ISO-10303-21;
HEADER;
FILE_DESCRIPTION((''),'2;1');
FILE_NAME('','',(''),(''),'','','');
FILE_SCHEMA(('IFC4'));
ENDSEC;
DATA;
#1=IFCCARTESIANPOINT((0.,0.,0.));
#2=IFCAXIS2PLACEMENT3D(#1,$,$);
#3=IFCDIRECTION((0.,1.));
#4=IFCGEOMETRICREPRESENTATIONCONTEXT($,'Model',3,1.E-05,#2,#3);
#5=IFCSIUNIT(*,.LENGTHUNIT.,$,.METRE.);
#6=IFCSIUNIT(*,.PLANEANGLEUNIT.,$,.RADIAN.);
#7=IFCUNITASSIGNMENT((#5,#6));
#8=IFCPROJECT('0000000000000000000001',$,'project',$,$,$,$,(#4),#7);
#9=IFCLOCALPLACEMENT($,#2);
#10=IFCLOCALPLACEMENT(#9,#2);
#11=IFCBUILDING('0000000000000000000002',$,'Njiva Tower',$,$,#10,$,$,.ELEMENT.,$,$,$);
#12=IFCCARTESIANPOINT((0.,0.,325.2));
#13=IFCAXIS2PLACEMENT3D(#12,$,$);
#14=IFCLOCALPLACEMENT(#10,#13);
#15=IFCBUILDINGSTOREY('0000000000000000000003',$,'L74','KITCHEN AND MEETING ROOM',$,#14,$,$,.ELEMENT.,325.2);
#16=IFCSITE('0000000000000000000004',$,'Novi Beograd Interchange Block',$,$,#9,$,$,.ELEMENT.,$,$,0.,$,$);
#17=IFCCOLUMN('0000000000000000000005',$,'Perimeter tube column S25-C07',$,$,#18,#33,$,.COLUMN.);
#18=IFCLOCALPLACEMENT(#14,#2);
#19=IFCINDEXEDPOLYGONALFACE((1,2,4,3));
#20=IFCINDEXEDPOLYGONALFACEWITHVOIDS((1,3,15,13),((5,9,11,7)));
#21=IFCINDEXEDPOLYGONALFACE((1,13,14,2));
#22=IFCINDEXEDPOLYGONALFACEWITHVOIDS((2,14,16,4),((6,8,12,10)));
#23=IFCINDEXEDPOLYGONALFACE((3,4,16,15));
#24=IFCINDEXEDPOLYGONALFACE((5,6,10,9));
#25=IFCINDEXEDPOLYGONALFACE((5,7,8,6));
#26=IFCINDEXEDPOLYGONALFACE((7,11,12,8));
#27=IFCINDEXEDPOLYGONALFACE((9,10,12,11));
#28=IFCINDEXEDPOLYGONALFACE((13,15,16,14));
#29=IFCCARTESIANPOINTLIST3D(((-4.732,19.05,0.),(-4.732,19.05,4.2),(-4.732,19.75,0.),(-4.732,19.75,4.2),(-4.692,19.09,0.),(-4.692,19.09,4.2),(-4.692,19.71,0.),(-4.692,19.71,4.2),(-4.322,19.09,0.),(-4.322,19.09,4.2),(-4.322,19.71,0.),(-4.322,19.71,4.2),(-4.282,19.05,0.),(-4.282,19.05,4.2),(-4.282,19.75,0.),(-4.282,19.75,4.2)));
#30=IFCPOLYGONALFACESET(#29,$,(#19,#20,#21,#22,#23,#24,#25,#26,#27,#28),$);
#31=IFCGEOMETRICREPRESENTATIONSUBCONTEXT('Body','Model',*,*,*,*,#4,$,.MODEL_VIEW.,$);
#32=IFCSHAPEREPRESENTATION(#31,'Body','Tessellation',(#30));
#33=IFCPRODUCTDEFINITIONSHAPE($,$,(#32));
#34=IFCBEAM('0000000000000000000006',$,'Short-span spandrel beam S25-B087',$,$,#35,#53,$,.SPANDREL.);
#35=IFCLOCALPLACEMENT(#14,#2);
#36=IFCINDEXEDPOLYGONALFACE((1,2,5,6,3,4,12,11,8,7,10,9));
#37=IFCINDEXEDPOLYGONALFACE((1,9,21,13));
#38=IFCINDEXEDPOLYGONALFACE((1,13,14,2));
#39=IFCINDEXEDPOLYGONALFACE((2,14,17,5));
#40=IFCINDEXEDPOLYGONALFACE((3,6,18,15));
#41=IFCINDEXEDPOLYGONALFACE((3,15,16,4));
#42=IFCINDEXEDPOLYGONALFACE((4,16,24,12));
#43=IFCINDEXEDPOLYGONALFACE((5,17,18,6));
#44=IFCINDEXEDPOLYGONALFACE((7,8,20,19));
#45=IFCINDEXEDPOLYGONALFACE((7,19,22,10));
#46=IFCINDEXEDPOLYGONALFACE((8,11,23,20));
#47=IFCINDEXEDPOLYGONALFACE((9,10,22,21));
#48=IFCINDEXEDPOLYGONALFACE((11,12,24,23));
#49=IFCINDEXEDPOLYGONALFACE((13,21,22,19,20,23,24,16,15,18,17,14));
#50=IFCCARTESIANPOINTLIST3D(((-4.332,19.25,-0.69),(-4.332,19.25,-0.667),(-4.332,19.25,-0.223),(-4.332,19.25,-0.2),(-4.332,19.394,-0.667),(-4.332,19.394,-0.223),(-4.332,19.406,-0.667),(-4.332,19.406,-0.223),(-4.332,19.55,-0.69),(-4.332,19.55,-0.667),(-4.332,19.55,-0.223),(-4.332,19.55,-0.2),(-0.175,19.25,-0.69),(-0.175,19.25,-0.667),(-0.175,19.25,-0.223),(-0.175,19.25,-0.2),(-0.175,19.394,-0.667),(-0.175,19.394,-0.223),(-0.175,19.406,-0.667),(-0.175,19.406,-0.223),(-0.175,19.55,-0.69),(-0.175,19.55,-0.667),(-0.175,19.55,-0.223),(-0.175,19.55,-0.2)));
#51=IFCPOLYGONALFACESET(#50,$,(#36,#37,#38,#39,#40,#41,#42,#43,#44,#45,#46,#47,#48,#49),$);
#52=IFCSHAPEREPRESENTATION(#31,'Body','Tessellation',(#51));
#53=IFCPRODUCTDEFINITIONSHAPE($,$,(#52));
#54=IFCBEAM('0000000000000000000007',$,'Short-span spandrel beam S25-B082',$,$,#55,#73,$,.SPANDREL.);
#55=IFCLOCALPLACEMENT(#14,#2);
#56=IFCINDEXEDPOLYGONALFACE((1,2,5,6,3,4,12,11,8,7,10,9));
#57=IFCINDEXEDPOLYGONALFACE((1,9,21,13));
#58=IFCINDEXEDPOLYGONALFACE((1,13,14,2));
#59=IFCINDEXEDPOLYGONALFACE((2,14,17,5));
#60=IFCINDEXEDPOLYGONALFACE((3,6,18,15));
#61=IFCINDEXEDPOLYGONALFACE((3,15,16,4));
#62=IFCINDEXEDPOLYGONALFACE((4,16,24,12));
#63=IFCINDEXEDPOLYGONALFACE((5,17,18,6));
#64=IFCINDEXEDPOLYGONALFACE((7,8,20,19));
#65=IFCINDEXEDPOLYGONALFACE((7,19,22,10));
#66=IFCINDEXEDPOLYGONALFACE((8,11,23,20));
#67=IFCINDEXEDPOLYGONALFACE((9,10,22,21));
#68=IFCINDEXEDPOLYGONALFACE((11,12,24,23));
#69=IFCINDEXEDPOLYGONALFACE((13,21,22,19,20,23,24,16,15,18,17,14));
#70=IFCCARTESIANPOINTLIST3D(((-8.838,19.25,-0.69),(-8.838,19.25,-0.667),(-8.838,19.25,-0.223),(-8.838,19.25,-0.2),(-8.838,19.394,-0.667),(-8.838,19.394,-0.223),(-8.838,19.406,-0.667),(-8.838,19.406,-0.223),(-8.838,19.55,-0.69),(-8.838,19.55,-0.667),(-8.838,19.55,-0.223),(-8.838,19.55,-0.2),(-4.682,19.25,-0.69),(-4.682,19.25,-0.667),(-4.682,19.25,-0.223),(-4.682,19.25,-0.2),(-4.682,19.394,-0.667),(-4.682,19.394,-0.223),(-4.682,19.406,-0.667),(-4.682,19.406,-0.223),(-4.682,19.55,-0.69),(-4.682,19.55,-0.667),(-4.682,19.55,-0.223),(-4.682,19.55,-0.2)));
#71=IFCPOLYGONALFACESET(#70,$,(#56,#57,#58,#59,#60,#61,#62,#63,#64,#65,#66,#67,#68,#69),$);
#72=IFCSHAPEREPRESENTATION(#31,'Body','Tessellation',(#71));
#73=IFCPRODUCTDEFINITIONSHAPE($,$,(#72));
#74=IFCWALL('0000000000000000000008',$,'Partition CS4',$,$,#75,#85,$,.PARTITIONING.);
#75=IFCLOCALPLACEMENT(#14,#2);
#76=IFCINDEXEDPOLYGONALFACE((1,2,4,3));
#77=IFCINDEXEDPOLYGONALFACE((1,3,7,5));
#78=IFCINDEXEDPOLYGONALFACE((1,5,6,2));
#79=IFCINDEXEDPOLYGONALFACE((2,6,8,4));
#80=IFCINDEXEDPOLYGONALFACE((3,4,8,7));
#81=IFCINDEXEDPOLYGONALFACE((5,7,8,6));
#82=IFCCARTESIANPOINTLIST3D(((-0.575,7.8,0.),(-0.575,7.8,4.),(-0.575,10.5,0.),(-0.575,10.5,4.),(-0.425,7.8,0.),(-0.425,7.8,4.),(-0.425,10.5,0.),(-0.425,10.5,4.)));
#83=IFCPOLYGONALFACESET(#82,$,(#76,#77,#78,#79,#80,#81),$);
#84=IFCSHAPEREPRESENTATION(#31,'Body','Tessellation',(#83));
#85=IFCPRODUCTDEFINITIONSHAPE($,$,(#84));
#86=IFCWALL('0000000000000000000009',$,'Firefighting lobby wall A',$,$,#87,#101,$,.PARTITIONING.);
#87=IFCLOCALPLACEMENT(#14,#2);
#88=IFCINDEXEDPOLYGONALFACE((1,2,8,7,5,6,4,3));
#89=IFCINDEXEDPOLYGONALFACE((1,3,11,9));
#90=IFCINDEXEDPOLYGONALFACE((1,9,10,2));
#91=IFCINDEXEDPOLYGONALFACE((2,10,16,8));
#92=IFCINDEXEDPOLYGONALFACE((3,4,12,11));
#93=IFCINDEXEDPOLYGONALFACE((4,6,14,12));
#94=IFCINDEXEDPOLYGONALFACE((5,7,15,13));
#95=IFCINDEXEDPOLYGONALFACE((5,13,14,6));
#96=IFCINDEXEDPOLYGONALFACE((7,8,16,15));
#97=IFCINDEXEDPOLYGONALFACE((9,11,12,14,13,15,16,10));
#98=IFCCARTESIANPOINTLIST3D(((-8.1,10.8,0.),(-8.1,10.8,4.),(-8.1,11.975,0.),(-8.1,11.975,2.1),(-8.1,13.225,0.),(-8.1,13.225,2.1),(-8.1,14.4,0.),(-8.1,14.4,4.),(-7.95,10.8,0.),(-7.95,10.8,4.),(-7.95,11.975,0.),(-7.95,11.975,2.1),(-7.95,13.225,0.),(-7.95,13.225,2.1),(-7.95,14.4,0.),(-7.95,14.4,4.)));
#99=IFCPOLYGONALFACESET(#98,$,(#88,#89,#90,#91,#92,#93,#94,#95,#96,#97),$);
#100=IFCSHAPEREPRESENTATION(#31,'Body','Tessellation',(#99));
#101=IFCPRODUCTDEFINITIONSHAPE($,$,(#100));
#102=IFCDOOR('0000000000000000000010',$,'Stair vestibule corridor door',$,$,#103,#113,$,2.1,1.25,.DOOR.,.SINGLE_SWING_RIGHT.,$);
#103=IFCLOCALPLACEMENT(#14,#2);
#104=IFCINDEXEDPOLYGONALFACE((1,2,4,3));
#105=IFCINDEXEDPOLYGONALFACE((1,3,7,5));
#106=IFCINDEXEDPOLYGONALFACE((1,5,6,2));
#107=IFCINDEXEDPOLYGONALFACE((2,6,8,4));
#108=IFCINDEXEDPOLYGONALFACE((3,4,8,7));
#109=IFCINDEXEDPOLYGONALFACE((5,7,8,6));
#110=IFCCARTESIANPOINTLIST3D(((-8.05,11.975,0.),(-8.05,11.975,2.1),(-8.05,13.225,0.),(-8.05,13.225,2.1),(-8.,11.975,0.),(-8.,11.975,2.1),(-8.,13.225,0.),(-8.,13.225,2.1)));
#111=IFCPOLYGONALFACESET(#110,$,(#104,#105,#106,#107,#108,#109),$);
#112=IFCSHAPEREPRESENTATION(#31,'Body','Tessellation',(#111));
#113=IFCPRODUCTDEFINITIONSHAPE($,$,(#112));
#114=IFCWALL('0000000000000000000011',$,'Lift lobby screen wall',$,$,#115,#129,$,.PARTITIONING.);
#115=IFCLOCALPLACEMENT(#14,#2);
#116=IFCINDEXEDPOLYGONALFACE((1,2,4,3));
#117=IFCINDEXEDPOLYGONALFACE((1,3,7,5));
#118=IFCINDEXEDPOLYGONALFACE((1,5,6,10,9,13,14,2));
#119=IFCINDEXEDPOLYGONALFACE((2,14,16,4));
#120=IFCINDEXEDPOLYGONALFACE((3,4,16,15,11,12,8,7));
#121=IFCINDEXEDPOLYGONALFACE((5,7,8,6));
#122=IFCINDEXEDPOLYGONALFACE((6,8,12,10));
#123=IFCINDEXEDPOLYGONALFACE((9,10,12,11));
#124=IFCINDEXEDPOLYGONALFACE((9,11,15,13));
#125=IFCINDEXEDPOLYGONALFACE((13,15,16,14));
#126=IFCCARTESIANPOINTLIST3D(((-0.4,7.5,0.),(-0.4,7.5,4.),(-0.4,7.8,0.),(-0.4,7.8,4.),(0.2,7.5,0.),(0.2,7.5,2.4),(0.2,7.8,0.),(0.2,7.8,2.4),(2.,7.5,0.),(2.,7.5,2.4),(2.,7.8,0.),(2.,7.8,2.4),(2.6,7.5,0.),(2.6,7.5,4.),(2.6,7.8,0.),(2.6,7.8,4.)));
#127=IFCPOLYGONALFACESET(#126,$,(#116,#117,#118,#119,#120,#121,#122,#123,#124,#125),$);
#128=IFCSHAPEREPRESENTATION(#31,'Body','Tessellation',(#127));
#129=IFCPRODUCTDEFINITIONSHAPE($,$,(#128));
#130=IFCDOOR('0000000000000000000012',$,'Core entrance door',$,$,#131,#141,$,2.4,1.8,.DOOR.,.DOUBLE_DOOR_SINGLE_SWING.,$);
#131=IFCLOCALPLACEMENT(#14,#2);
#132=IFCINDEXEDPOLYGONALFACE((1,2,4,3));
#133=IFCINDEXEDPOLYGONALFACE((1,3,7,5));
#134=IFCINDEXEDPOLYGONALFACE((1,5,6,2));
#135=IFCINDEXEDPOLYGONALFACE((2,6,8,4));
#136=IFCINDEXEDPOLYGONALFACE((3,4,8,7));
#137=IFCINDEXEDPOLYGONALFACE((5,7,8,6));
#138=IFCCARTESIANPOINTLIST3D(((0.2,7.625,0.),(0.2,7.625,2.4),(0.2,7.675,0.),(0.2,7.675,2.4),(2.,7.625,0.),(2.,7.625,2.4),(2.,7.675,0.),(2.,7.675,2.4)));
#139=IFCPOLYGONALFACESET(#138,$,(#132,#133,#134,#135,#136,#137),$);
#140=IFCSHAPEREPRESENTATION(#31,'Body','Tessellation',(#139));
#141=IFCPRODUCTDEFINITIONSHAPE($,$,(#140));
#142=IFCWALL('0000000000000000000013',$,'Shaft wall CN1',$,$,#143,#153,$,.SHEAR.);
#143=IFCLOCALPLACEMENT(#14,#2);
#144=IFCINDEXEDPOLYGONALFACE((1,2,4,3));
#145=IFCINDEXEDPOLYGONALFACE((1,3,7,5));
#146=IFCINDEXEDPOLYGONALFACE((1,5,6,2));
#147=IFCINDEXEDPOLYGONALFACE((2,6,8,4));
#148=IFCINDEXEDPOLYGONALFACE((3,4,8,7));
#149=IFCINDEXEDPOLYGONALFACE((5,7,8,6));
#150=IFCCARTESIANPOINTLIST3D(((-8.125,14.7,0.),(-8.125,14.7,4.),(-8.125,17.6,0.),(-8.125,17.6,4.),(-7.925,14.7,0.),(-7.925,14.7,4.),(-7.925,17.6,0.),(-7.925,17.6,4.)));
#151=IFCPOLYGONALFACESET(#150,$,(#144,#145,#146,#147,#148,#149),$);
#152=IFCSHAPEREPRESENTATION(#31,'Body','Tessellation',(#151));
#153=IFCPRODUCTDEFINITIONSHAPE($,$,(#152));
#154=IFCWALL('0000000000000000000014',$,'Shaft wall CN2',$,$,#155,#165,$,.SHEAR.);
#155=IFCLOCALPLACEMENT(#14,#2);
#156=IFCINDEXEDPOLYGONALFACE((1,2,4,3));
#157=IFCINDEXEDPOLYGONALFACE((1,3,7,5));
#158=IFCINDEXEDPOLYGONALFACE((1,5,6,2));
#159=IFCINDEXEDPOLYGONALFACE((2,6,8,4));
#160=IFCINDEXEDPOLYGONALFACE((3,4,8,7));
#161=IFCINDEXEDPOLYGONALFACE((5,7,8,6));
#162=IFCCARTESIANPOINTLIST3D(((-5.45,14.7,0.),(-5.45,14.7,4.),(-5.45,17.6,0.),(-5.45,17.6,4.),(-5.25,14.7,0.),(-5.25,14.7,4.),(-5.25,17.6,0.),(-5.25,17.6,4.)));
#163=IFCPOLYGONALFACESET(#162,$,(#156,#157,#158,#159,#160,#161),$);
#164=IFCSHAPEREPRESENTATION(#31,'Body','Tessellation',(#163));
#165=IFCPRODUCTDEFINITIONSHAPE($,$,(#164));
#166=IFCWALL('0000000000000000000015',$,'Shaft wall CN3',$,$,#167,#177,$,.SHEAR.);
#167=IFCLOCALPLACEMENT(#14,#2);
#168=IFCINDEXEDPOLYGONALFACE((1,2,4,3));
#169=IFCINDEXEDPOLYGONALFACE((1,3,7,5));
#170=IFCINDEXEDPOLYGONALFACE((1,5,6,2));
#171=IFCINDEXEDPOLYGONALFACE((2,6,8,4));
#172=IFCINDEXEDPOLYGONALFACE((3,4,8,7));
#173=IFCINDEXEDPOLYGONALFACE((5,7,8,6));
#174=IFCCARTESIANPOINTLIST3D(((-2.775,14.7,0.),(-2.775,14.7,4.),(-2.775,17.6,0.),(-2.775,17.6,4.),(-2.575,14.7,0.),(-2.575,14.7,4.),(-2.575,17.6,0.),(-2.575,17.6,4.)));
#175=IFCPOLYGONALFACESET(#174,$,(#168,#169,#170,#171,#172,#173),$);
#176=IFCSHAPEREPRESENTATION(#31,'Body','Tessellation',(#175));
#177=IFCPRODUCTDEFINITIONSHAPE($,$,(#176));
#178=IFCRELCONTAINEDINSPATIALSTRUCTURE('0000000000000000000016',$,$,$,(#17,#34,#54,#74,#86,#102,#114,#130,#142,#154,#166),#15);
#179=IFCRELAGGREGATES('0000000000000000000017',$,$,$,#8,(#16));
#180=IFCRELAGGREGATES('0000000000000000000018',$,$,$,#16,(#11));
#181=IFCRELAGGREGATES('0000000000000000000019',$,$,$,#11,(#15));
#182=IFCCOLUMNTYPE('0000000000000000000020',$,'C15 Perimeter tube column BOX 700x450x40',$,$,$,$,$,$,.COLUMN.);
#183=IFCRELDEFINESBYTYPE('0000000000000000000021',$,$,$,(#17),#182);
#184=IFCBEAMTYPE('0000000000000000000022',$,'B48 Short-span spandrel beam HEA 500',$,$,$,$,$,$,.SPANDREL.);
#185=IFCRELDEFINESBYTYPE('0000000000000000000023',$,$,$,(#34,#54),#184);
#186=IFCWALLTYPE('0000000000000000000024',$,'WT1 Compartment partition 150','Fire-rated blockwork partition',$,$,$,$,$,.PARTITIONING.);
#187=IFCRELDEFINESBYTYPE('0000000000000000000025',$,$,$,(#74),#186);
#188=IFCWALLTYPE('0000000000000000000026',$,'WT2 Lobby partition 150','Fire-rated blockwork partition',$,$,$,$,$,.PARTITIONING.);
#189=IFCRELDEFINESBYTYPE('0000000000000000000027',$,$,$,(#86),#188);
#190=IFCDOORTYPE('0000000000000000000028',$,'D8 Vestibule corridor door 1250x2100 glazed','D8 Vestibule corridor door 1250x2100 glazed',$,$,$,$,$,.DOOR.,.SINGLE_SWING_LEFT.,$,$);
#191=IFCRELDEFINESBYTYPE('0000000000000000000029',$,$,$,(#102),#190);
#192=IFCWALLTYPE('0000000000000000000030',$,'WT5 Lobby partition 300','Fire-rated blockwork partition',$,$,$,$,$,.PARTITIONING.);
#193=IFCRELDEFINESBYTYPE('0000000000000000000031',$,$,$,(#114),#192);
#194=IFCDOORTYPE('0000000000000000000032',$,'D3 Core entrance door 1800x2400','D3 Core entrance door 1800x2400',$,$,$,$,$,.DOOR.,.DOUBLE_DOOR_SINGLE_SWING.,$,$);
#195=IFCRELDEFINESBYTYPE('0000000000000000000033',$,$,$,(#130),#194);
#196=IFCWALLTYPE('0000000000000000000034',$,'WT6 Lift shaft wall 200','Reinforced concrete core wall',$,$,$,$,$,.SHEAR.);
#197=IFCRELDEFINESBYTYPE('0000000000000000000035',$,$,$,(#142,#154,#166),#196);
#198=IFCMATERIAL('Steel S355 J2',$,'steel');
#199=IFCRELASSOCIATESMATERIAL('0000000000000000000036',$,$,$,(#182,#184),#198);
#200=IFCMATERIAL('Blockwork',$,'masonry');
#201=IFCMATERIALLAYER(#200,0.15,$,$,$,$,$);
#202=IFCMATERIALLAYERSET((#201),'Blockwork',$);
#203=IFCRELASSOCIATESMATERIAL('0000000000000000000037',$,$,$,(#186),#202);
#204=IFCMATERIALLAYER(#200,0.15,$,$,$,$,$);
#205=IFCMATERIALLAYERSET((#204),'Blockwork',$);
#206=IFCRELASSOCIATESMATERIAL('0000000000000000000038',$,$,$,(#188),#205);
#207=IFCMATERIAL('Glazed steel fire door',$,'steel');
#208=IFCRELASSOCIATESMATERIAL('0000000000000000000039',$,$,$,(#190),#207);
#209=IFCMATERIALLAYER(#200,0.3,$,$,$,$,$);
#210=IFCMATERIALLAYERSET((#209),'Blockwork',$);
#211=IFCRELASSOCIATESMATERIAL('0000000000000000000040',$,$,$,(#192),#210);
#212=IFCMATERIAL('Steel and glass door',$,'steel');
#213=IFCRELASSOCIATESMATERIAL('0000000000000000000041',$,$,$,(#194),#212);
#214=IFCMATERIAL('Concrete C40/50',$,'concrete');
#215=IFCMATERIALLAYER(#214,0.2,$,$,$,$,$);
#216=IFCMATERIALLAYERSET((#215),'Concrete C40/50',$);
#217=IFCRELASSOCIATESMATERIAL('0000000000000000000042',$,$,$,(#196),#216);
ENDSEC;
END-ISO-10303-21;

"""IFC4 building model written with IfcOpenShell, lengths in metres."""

from ifc_helpers import new_model, si_unit, direction, frame, frame_2d, origin, origin_2d, place, context, subcontext, project, spatial, rectangle, hollow_rectangle, i_section, extrude, material, layer, layer_set, material_profile, profile_set, type_object, element, fill, save


model = new_model("IFC4")

# Units and contexts
model_context = context("Model", 3, precision=1e-05, world=origin(), true_north=direction((0.0, 1.0)))
body_context = subcontext(model_context, "Body", "Model", "MODEL_VIEW")
ifc_project = project(units=[si_unit("LENGTHUNIT", "METRE"), si_unit("PLANEANGLEUNIT", "RADIAN")], contexts=[model_context])

# Site, building, storey
site_placement = place(None, origin())
site = spatial("IfcSite", under=ifc_project, at=site_placement, Name="Novi Beograd Interchange Block", CompositionType="ELEMENT", RefElevation=0.0)
building_placement = place(site_placement, origin())
building = spatial("IfcBuilding", under=site, at=building_placement, Name="Njiva Tower", CompositionType="ELEMENT")
storey_placement = place(building_placement, frame((0.0, 0.0, 325.2)))
storey = spatial("IfcBuildingStorey", under=building, at=storey_placement, Name="L74", Description="KITCHEN AND MEETING ROOM", CompositionType="ELEMENT", Elevation=325.2)

# Column
ifc_material_1 = material(Name="Steel S355 J2", Category="steel")
ifc_material_profile_1 = material_profile(ifc_material_1, hollow_rectangle(XDim=0.45, YDim=0.7, WallThickness=0.04, at=origin_2d()), Name="BOX 700x450x40")
ifc_profile_set_1 = profile_set([ifc_material_profile_1], Name="Steel S355 J2")
column_type = type_object("IfcColumnType", Name="C15 Perimeter tube column BOX 700x450x40", PredefinedType="COLUMN", material=ifc_profile_set_1)
column_placement = place(storey_placement, frame((-4.507, 19.4, 0.0), z_axis=(0.0, 0.0, 1.0), x_axis=(-1.0, 0.0, 0.0)))
element("IfcColumn", 1, at=column_placement, inside=storey, type_object=column_type, Name="Perimeter tube column S25-C07", PredefinedType="COLUMN", context=body_context, shape_type="SweptSolid", body=[
    extrude(hollow_rectangle(XDim=0.45, YDim=0.7, WallThickness=0.04, at=origin_2d()), origin(), (0.0, 0.0, 1.0), 4.2),
])

# Beams
ifc_material_profile_2 = material_profile(ifc_material_1, i_section(OverallWidth=0.3, OverallDepth=0.49, WebThickness=0.012, FlangeThickness=0.023, at=origin_2d()), Name="HEA 500")
ifc_profile_set_2 = profile_set([ifc_material_profile_2], Name="Steel S355 J2")
beam_type = type_object("IfcBeamType", Name="B48 Short-span spandrel beam HEA 500", PredefinedType="SPANDREL", material=ifc_profile_set_2)
beam_1_placement = place(storey_placement, frame((-0.175, 19.4, -0.445), z_axis=(-1.0, 0.0, 0.0), x_axis=(0.0, -1.0, 0.0)))
element("IfcBeam", 2, at=beam_1_placement, inside=storey, type_object=beam_type, Name="Short-span spandrel beam S25-B087", PredefinedType="SPANDREL", context=body_context, shape_type="SweptSolid", body=[
    extrude(i_section(OverallWidth=0.3, OverallDepth=0.49, WebThickness=0.012, FlangeThickness=0.023, at=origin_2d()), origin(), (0.0, 0.0, 1.0), 4.157),
])
beam_2_placement = place(storey_placement, frame((-4.682, 19.4, -0.445), z_axis=(-1.0, 0.0, 0.0), x_axis=(0.0, -1.0, 0.0)))
element("IfcBeam", 3, at=beam_2_placement, inside=storey, type_object=beam_type, Name="Short-span spandrel beam S25-B082", PredefinedType="SPANDREL", context=body_context, shape_type="SweptSolid", body=[
    extrude(i_section(OverallWidth=0.3, OverallDepth=0.49, WebThickness=0.012, FlangeThickness=0.023, at=origin_2d()), origin(), (0.0, 0.0, 1.0), 4.156),
])

# Wall
ifc_material_2 = material(Name="Blockwork", Category="masonry")
ifc_layer_1 = layer(ifc_material_2, 0.15)
ifc_layer_set_1 = layer_set([ifc_layer_1], Name="Blockwork")
wall_type_1 = type_object("IfcWallType", Name="WT1 Compartment partition 150", Description="Fire-rated blockwork partition", PredefinedType="PARTITIONING", material=ifc_layer_set_1)
wall_1_placement = place(storey_placement, frame((-0.5, 7.8, 0.0), z_axis=(0.0, 0.0, 1.0), x_axis=(0.0, 1.0, 0.0)))
element("IfcWall", 4, at=wall_1_placement, inside=storey, type_object=wall_type_1, Name="Partition CS4", PredefinedType="PARTITIONING", context=body_context, shape_type="SweptSolid", body=[
    extrude(rectangle(XDim=2.7, YDim=0.15, at=frame_2d((1.35, 0.0))), origin(), (0.0, 0.0, 1.0), 4.0),
])

# Walls, openings, doors
ifc_layer_2 = layer(ifc_material_2, 0.15)
ifc_layer_set_2 = layer_set([ifc_layer_2], Name="Blockwork")
wall_type_2 = type_object("IfcWallType", Name="WT2 Lobby partition 150", Description="Fire-rated blockwork partition", PredefinedType="PARTITIONING", material=ifc_layer_set_2)
wall_2_placement = place(storey_placement, frame((-8.025, 10.8, 0.0), z_axis=(0.0, 0.0, 1.0), x_axis=(0.0, 1.0, 0.0)))
wall_2 = element("IfcWall", 5, at=wall_2_placement, inside=storey, type_object=wall_type_2, Name="Firefighting lobby wall A", PredefinedType="PARTITIONING", context=body_context, shape_type="SweptSolid", body=[
    extrude(rectangle(XDim=3.6, YDim=0.15, at=frame_2d((1.8, 0.0))), origin(), (0.0, 0.0, 1.0), 4.0),
])
opening_1_placement = place(wall_2_placement, frame((1.175, 0.0, 0.0)))
opening_1 = element("IfcOpeningElement", 6, at=opening_1_placement, cuts=wall_2, PredefinedType="OPENING", context=body_context, shape_type="SweptSolid", body=[
    extrude(rectangle(XDim=1.25, YDim=2.1, at=frame_2d((0.625, 1.05))), frame((0.0, 0.085, 0.0), z_axis=(0.0, -1.0, 0.0), x_axis=(1.0, 0.0, 0.0)), (0.0, 0.0, 1.0), 0.17),
])
ifc_material_3 = material(Name="Glazed steel fire door", Category="steel")
door_type_1 = type_object("IfcDoorType", Name="D8 Vestibule corridor door 1250x2100 glazed", Description="D8 Vestibule corridor door 1250x2100 glazed", OperationType="SINGLE_SWING_LEFT", PredefinedType="DOOR", material=ifc_material_3)
door_1_placement = place(opening_1_placement, origin())
door_1 = element("IfcDoor", 7, at=door_1_placement, inside=storey, type_object=door_type_1, Name="Stair vestibule corridor door", OperationType="SINGLE_SWING_RIGHT", OverallHeight=2.1, OverallWidth=1.25, PredefinedType="DOOR", context=body_context, shape_type="SweptSolid", body=[
    extrude(rectangle(XDim=1.25, YDim=2.1, at=frame_2d((0.625, 1.05))), frame((0.0, 0.025, 0.0), z_axis=(0.0, -1.0, 0.0), x_axis=(1.0, 0.0, 0.0)), (0.0, 0.0, 1.0), 0.05),
])
fill(opening_1, door_1)
ifc_layer_3 = layer(ifc_material_2, 0.3)
ifc_layer_set_3 = layer_set([ifc_layer_3], Name="Blockwork")
wall_type_3 = type_object("IfcWallType", Name="WT5 Lobby partition 300", Description="Fire-rated blockwork partition", PredefinedType="PARTITIONING", material=ifc_layer_set_3)
wall_3_placement = place(storey_placement, frame((-0.4, 7.65, 0.0), z_axis=(0.0, 0.0, 1.0), x_axis=(1.0, 0.0, 0.0)))
wall_3 = element("IfcWall", 8, at=wall_3_placement, inside=storey, type_object=wall_type_3, Name="Lift lobby screen wall", PredefinedType="PARTITIONING", context=body_context, shape_type="SweptSolid", body=[
    extrude(rectangle(XDim=3.0, YDim=0.3, at=frame_2d((1.5, 0.0))), origin(), (0.0, 0.0, 1.0), 4.0),
])
opening_2_placement = place(wall_3_placement, frame((0.6, 0.0, 0.0)))
opening_2 = element("IfcOpeningElement", 9, at=opening_2_placement, cuts=wall_3, PredefinedType="OPENING", context=body_context, shape_type="SweptSolid", body=[
    extrude(rectangle(XDim=1.8, YDim=2.4, at=frame_2d((0.9, 1.2))), frame((0.0, 0.16, 0.0), z_axis=(0.0, -1.0, 0.0), x_axis=(1.0, 0.0, 0.0)), (0.0, 0.0, 1.0), 0.32),
])
ifc_material_4 = material(Name="Steel and glass door", Category="steel")
door_type_2 = type_object("IfcDoorType", Name="D3 Core entrance door 1800x2400", Description="D3 Core entrance door 1800x2400", OperationType="DOUBLE_DOOR_SINGLE_SWING", PredefinedType="DOOR", material=ifc_material_4)
door_2_placement = place(opening_2_placement, origin())
door_2 = element("IfcDoor", 10, at=door_2_placement, inside=storey, type_object=door_type_2, Name="Core entrance door", OperationType="DOUBLE_DOOR_SINGLE_SWING", OverallHeight=2.4, OverallWidth=1.8, PredefinedType="DOOR", context=body_context, shape_type="SweptSolid", body=[
    extrude(rectangle(XDim=1.8, YDim=2.4, at=frame_2d((0.9, 1.2))), frame((0.0, 0.025, 0.0), z_axis=(0.0, -1.0, 0.0), x_axis=(1.0, 0.0, 0.0)), (0.0, 0.0, 1.0), 0.05),
])
fill(opening_2, door_2)

# Walls
ifc_material_5 = material(Name="Concrete C40/50", Category="concrete")
ifc_layer_4 = layer(ifc_material_5, 0.2)
ifc_layer_set_4 = layer_set([ifc_layer_4], Name="Concrete C40/50")
wall_type_4 = type_object("IfcWallType", Name="WT6 Lift shaft wall 200", Description="Reinforced concrete core wall", PredefinedType="SHEAR", material=ifc_layer_set_4)
for number, where, z_axis, x_axis, name in (
    (11, (-8.025, 14.7, 0.0), (0.0, 0.0, 1.0), (0.0, 1.0, 0.0), "Shaft wall CN1"),
    (12, (-5.35, 14.7, 0.0), (0.0, 0.0, 1.0), (0.0, 1.0, 0.0), "Shaft wall CN2"),
    (13, (-2.675, 14.7, 0.0), (0.0, 0.0, 1.0), (0.0, 1.0, 0.0), "Shaft wall CN3"),
):
    element("IfcWall", number, at=place(storey_placement, frame(where, z_axis=z_axis, x_axis=x_axis)), inside=storey, type_object=wall_type_4, Name=name, PredefinedType="SHEAR", context=body_context, shape_type="SweptSolid", body=[
        extrude(rectangle(XDim=2.9, YDim=0.2, at=frame_2d((1.45, 0.0))), origin(), (0.0, 0.0, 1.0), 4.0),
    ])

save(model, "model.ifc")
